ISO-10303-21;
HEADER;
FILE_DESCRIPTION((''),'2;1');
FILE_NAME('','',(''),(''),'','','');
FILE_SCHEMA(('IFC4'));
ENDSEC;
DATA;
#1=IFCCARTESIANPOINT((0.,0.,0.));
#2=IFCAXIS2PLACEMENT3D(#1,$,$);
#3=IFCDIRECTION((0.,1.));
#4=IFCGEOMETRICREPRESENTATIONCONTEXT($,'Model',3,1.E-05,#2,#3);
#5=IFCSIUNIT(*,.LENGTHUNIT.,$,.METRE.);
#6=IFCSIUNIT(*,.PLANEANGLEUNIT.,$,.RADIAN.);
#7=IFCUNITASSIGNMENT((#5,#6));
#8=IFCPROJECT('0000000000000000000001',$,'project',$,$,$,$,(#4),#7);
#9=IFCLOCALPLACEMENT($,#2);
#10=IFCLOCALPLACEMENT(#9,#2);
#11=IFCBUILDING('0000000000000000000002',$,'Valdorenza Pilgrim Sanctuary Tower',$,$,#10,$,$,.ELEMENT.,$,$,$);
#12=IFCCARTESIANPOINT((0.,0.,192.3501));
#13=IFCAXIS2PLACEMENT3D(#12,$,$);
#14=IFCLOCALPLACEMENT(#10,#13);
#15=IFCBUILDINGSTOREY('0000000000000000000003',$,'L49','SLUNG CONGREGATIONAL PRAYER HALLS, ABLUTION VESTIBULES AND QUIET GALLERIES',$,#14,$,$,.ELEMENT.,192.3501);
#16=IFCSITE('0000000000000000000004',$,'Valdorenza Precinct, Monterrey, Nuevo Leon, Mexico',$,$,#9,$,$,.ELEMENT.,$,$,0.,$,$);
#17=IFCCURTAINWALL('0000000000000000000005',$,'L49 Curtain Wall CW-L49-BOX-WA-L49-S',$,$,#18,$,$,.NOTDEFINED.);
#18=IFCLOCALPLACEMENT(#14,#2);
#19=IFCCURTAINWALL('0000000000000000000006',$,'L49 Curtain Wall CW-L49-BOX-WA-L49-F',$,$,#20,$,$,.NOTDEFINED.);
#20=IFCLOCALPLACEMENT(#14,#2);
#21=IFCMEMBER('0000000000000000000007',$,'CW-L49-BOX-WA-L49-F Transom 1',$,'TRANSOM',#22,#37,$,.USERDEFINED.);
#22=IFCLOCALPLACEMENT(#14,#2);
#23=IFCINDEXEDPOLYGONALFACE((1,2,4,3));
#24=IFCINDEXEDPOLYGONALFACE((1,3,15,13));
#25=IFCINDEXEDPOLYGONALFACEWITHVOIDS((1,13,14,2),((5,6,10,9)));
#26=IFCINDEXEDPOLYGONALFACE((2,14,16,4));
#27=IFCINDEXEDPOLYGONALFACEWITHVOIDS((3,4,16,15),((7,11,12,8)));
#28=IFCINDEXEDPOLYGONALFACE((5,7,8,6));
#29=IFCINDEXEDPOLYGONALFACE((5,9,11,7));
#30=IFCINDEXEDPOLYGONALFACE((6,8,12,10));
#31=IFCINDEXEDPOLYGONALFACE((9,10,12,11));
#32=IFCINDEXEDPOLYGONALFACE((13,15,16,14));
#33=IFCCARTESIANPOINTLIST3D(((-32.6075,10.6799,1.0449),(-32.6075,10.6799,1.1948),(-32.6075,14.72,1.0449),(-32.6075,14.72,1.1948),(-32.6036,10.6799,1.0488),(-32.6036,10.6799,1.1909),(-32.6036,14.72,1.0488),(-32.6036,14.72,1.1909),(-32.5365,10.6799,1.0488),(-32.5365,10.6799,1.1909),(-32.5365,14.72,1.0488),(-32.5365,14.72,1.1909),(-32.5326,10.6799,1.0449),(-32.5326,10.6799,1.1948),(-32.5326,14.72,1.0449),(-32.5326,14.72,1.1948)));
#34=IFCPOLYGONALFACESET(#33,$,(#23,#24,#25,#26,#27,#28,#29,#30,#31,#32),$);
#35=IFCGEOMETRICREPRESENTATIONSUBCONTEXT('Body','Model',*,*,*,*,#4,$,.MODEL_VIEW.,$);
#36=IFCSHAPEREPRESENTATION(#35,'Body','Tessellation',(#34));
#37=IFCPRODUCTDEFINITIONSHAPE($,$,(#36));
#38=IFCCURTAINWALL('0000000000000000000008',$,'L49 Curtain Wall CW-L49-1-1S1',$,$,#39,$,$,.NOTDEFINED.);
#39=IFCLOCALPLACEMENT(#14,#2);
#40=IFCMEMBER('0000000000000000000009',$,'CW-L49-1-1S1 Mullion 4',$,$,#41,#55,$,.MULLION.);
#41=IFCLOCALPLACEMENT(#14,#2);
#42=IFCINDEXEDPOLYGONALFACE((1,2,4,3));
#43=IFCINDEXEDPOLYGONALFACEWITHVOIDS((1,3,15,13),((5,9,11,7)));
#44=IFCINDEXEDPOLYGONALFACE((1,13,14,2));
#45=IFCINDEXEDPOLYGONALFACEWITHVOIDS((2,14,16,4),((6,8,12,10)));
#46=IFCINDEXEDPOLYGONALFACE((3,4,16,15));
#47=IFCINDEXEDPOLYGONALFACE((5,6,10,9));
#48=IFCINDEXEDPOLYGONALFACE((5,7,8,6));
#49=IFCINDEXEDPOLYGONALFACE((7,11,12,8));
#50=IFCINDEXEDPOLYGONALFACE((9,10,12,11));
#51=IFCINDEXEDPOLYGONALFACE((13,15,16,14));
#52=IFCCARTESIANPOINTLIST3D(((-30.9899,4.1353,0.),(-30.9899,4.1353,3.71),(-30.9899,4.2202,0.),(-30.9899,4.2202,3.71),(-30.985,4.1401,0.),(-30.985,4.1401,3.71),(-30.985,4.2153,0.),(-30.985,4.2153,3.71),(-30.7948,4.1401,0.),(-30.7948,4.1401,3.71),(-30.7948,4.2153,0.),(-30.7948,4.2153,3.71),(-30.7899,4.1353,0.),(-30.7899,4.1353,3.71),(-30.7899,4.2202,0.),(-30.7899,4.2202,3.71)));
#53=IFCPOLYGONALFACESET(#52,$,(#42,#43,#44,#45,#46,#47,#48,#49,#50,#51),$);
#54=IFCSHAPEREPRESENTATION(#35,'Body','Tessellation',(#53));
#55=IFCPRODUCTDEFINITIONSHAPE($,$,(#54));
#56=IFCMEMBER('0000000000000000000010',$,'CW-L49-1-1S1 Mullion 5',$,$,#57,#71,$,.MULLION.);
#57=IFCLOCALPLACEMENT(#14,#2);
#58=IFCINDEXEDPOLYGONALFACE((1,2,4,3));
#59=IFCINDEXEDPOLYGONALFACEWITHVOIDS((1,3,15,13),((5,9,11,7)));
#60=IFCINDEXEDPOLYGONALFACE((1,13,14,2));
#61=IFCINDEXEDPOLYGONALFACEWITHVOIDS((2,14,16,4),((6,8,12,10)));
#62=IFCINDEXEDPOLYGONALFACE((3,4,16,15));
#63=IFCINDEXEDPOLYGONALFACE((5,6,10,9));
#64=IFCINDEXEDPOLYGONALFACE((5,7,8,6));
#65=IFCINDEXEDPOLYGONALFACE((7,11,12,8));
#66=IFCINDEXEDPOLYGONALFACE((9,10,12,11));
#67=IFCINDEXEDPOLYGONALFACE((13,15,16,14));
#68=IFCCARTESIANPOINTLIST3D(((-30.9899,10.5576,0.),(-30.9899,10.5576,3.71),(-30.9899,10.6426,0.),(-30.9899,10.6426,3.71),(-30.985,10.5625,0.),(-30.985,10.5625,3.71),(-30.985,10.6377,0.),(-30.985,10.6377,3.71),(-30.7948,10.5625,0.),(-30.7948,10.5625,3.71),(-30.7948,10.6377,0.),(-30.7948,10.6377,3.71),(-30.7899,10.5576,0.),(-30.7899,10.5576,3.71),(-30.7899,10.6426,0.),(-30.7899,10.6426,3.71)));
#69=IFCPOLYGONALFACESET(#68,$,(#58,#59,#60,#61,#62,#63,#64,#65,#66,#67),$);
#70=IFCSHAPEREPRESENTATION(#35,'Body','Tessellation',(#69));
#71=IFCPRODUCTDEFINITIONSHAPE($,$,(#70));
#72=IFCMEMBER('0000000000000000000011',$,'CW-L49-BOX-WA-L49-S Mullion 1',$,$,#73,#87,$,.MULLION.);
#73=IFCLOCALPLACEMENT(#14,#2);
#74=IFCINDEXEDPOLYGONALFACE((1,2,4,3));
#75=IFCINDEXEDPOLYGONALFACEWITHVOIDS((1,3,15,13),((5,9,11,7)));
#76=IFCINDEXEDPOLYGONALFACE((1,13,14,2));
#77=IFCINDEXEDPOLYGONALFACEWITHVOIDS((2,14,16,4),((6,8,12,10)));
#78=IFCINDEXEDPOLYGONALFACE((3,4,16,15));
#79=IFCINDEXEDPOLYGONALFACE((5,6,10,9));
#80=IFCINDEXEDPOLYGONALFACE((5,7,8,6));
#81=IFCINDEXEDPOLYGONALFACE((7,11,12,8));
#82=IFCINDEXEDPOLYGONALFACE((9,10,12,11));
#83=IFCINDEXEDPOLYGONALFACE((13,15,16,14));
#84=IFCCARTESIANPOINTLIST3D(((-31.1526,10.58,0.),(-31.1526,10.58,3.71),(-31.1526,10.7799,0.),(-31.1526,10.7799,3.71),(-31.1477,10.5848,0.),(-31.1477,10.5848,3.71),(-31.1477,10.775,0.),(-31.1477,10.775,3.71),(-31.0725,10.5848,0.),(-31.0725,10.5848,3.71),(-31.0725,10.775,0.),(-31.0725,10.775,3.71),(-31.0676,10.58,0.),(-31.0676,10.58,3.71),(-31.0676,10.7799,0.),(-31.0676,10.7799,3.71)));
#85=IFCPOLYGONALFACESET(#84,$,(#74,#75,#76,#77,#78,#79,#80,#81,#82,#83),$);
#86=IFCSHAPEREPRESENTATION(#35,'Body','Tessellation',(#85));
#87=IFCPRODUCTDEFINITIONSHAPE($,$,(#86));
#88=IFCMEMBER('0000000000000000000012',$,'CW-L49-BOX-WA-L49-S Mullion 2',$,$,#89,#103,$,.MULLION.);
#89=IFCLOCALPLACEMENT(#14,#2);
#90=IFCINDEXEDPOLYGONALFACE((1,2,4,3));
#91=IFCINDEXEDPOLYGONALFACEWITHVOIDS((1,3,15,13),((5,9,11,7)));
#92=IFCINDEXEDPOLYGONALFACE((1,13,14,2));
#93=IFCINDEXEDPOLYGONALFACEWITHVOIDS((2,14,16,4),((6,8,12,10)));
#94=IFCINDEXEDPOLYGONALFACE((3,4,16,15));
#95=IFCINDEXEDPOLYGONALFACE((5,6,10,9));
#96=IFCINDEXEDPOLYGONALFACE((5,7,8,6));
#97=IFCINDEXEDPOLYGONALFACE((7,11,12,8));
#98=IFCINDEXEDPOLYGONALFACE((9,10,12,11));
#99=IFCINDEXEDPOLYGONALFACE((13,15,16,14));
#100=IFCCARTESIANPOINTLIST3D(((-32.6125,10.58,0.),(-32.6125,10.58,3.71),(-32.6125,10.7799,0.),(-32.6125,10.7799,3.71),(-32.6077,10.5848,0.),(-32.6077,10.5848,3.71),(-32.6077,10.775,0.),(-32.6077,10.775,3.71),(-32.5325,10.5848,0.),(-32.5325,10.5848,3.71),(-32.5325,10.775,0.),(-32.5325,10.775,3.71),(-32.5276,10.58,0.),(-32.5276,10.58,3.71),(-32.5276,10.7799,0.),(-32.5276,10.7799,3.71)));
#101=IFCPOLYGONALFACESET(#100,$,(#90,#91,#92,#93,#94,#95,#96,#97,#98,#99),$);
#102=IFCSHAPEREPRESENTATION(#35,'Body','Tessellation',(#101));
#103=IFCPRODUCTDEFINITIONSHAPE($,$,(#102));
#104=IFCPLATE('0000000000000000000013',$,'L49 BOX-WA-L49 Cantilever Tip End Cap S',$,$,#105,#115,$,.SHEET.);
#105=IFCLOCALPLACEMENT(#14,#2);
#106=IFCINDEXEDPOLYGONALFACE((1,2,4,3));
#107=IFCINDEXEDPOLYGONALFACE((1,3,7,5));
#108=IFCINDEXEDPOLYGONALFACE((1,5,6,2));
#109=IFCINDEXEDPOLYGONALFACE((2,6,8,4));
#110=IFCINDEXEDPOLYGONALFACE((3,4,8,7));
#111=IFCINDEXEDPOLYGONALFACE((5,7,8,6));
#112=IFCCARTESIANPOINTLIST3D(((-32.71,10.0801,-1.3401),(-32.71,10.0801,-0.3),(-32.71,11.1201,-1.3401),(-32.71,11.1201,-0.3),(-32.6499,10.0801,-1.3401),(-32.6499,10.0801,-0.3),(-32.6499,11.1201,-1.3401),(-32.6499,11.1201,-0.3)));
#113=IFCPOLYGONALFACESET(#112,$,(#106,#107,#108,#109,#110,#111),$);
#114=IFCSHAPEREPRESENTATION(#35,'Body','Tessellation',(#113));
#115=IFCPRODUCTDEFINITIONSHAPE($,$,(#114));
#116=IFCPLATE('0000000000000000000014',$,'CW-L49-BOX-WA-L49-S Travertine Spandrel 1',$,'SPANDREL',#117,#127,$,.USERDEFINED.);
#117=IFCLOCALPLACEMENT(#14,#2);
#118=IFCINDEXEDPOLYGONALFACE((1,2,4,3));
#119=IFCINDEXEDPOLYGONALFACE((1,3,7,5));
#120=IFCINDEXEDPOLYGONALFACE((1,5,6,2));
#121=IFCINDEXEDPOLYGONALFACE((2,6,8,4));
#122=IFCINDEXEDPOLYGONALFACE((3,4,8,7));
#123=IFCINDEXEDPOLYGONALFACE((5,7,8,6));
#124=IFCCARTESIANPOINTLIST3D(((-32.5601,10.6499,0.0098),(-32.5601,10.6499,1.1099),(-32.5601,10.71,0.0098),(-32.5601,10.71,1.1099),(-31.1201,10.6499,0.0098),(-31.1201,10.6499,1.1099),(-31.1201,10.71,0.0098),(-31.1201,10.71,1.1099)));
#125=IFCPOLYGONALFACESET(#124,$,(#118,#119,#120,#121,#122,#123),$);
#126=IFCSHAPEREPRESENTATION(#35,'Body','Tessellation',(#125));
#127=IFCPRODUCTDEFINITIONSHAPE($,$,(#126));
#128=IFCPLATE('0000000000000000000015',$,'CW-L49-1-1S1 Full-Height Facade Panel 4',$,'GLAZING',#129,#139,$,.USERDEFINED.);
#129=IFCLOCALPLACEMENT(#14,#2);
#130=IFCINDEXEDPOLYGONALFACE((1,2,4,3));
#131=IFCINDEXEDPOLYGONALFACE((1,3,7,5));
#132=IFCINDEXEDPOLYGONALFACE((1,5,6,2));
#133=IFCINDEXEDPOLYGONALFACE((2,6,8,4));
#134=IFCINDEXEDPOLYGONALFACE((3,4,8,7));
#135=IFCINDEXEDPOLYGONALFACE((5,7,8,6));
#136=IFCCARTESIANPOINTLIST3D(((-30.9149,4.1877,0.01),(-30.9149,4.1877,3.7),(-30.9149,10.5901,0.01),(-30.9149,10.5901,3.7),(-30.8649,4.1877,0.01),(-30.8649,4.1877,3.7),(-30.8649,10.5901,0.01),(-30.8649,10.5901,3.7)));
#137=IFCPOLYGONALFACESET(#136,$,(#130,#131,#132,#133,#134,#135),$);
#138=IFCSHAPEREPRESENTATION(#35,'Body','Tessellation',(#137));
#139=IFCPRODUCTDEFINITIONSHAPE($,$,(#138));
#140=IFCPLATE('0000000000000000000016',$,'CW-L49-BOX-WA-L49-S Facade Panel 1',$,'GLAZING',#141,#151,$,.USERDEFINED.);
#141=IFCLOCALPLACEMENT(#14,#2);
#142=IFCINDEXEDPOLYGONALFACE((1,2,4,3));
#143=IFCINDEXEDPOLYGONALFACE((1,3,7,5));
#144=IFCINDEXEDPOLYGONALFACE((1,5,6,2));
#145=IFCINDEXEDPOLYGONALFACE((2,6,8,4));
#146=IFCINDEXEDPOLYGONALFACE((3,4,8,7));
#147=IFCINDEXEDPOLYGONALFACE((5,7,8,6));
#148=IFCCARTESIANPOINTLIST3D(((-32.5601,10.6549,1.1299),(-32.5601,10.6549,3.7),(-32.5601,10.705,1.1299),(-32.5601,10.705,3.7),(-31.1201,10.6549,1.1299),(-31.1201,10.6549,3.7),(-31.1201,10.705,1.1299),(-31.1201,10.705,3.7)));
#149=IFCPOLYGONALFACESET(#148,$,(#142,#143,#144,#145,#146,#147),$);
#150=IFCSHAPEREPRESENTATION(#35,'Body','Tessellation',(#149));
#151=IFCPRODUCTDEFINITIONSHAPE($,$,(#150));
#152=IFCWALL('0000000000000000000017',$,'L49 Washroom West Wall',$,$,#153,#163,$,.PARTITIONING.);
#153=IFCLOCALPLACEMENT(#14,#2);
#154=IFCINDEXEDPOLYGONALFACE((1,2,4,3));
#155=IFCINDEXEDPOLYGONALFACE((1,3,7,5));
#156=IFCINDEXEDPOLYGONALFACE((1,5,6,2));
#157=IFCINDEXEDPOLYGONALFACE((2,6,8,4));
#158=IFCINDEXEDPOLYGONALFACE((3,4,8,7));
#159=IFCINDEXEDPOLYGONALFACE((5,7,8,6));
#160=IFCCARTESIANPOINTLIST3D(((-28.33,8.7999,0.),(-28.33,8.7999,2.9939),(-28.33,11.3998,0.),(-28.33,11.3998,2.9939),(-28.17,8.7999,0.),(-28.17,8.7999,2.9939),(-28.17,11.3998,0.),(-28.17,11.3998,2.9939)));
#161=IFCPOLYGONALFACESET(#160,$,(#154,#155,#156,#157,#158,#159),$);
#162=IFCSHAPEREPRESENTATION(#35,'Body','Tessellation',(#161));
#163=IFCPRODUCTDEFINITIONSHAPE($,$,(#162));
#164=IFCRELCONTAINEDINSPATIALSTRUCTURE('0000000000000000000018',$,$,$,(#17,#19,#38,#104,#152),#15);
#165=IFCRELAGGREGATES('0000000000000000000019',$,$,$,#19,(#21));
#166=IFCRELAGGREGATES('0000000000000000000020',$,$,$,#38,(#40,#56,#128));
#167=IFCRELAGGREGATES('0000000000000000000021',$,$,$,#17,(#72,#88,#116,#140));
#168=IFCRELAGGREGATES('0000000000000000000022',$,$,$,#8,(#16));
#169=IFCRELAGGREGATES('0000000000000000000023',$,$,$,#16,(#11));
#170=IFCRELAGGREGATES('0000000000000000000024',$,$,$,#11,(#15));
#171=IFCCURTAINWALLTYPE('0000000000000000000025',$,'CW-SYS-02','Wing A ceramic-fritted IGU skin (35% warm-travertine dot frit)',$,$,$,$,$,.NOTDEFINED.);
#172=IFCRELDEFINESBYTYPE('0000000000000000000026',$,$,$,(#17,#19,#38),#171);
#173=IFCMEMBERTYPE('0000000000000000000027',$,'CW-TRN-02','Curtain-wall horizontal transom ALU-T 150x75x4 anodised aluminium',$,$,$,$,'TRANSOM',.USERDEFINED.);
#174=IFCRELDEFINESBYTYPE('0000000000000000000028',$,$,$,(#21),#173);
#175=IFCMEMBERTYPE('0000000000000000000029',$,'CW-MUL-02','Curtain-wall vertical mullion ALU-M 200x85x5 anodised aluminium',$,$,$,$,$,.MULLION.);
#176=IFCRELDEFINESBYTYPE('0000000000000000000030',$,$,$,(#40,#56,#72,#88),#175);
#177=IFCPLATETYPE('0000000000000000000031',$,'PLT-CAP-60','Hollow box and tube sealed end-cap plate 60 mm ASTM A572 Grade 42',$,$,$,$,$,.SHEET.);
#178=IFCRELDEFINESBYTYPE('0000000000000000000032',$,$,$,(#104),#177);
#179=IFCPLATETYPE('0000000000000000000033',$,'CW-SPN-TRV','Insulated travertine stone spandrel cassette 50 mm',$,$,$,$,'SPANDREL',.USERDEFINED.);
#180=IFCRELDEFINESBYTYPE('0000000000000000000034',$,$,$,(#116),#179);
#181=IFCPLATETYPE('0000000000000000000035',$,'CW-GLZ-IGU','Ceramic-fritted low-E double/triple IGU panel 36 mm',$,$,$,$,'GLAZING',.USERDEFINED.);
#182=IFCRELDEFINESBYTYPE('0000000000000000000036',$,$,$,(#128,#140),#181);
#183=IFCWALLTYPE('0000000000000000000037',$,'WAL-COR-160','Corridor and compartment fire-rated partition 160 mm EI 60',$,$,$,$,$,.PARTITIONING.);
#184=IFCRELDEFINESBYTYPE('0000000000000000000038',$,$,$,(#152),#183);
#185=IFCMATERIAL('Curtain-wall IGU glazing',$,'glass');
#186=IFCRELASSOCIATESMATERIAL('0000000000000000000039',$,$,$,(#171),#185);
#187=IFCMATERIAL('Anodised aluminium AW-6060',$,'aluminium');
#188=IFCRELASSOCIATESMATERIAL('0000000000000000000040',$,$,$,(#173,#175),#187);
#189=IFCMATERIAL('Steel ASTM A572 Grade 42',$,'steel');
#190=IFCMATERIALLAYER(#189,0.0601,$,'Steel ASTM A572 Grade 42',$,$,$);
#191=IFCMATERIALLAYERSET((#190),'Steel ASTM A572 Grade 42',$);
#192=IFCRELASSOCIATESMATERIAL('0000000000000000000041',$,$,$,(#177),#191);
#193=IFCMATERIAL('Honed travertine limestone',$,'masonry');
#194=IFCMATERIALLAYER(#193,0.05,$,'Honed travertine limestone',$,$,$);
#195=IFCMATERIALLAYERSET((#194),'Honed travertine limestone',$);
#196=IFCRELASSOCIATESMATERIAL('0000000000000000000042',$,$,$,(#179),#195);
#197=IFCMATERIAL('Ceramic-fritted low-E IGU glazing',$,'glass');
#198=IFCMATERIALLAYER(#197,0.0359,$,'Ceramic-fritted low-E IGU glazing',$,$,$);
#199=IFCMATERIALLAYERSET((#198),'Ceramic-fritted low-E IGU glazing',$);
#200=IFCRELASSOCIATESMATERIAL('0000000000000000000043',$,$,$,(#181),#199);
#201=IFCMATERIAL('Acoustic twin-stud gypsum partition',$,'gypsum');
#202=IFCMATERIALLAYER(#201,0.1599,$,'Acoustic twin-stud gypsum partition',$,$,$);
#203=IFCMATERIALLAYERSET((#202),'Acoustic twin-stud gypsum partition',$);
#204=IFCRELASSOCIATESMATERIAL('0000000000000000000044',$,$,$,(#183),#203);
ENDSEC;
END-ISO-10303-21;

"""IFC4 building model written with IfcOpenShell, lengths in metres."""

from ifc_helpers import new_model, si_unit, direction, frame, frame_2d, origin, origin_2d, place, context, subcontext, project, spatial, rectangle, hollow_rectangle, extrude, source, transform, mapped, material, layer, layer_set, material_profile, profile_set, type_object, element, aggregate, save


model = new_model("IFC4")

# Units and contexts
model_context = context("Model", 3, precision=1e-05, world=origin(), true_north=direction((0.0, 1.0)))
body_context = subcontext(model_context, "Body", "Model", "MODEL_VIEW")
ifc_project = project(units=[si_unit("LENGTHUNIT", "METRE"), si_unit("PLANEANGLEUNIT", "RADIAN")], contexts=[model_context])

# Site, building, storey
site_placement = place(None, origin())
site = spatial("IfcSite", under=ifc_project, at=site_placement, Name="Valdorenza Precinct, Monterrey, Nuevo Leon, Mexico", CompositionType="ELEMENT", RefElevation=0.0)
building_placement = place(site_placement, origin())
building = spatial("IfcBuilding", under=site, at=building_placement, Name="Valdorenza Pilgrim Sanctuary Tower", CompositionType="ELEMENT")
storey_placement = place(building_placement, frame((0.0, 0.0, 192.3501)))
storey = spatial("IfcBuildingStorey", under=building, at=storey_placement, Name="L49", Description="SLUNG CONGREGATIONAL PRAYER HALLS, ABLUTION VESTIBULES AND QUIET GALLERIES", CompositionType="ELEMENT", Elevation=192.3501)

# Shared definitions
ifc_material_1 = material(Name="Steel ASTM A572 Grade 42", Category="steel")

# Curtain walls, member
ifc_material_2 = material(Name="Curtain-wall IGU glazing", Category="glass")
curtain_wall_type = type_object("IfcCurtainWallType", Name="CW-SYS-02", Description="Wing A ceramic-fritted IGU skin (35% warm-travertine dot frit)", PredefinedType="NOTDEFINED", material=ifc_material_2)
curtain_wall_1_placement = place(storey_placement, origin())
curtain_wall_1 = element("IfcCurtainWall", 1, at=curtain_wall_1_placement, inside=storey, type_object=curtain_wall_type, Name="L49 Curtain Wall CW-L49-BOX-WA-L49-S", PredefinedType="NOTDEFINED")
ifc_material_3 = material(Name="Anodised aluminium AW-6060", Category="aluminium")
ifc_material_profile_1 = material_profile(ifc_material_3, hollow_rectangle(XDim=0.075, YDim=0.1499, WallThickness=0.0039, at=origin_2d()), Name="ALU-T 150x75x4")
ifc_profile_set_1 = profile_set([ifc_material_profile_1], Name="Anodised aluminium AW-6060")
member_type_1 = type_object("IfcMemberType", Name="CW-TRN-02", Description="Curtain-wall horizontal transom ALU-T 150x75x4 anodised aluminium", ElementType="TRANSOM", PredefinedType="USERDEFINED", material=ifc_profile_set_1)
curtain_wall_2_placement = place(storey_placement, origin())
curtain_wall_2 = element("IfcCurtainWall", 2, at=curtain_wall_2_placement, inside=storey, type_object=curtain_wall_type, Name="L49 Curtain Wall CW-L49-BOX-WA-L49-F", PredefinedType="NOTDEFINED")
shared_shape_1 = source(origin(), body_context, "Body", "SweptSolid", [
    extrude(hollow_rectangle(XDim=0.075, YDim=0.1499, WallThickness=0.0039, at=origin_2d()), origin(), (0.0, 0.0, 1.0), 4.04),
])
member_1_placement = place(storey_placement, frame((-32.5701, 10.6799, 1.1199), z_axis=(0.0, 1.0, 0.0), x_axis=(-1.0, 0.0, 0.0)))
member_1 = element("IfcMember", 3, at=member_1_placement, type_object=member_type_1, Name="CW-L49-BOX-WA-L49-F Transom 1", ObjectType="TRANSOM", PredefinedType="USERDEFINED", context=body_context, shape_type="MappedRepresentation", body=[
    mapped(shared_shape_1, transform((0.0, 0.0, 0.0), x_axis=(1.0, 0.0, 0.0), y_axis=(0.0, 1.0, 0.0), z_axis=(0.0, 0.0, 1.0), scale=1.0)),
])
aggregate(curtain_wall_2, [member_1])

# Curtain wall, members
curtain_wall_3_placement = place(storey_placement, origin())
curtain_wall_3 = element("IfcCurtainWall", 4, at=curtain_wall_3_placement, inside=storey, type_object=curtain_wall_type, Name="L49 Curtain Wall CW-L49-1-1S1", PredefinedType="NOTDEFINED")
ifc_material_profile_2 = material_profile(ifc_material_3, hollow_rectangle(XDim=0.085, YDim=0.2, WallThickness=0.0049, at=origin_2d()), Name="ALU-M 200x85x5")
ifc_profile_set_2 = profile_set([ifc_material_profile_2], Name="Anodised aluminium AW-6060")
member_type_2 = type_object("IfcMemberType", Name="CW-MUL-02", Description="Curtain-wall vertical mullion ALU-M 200x85x5 anodised aluminium", PredefinedType="MULLION", material=ifc_profile_set_2)
shared_shape_2 = source(origin(), body_context, "Body", "SweptSolid", [
    extrude(hollow_rectangle(XDim=0.085, YDim=0.2, WallThickness=0.0049, at=origin_2d()), origin(), (0.0, 0.0, 1.0), 3.71),
])
member_2_placement = place(storey_placement, frame((-30.8899, 4.1777, 0.0), z_axis=(0.0, 0.0, 1.0), x_axis=(0.0, 1.0, 0.0)))
member_2 = element("IfcMember", 5, at=member_2_placement, type_object=member_type_2, Name="CW-L49-1-1S1 Mullion 4", PredefinedType="MULLION", context=body_context, shape_type="MappedRepresentation", body=[
    mapped(shared_shape_2, transform((0.0, 0.0, 0.0), x_axis=(1.0, 0.0, 0.0), y_axis=(0.0, 1.0, 0.0), z_axis=(0.0, 0.0, 1.0), scale=1.0)),
])
member_3_placement = place(storey_placement, frame((-30.8899, 10.6001, 0.0), z_axis=(0.0, 0.0, 1.0), x_axis=(0.0, 1.0, 0.0)))
member_3 = element("IfcMember", 6, at=member_3_placement, type_object=member_type_2, Name="CW-L49-1-1S1 Mullion 5", PredefinedType="MULLION", context=body_context, shape_type="MappedRepresentation", body=[
    mapped(shared_shape_2, transform((0.0, 0.0, 0.0), x_axis=(1.0, 0.0, 0.0), y_axis=(0.0, 1.0, 0.0), z_axis=(0.0, 0.0, 1.0), scale=1.0)),
])

# Members
member_4_placement = place(storey_placement, frame((-31.1101, 10.6799, 0.0), z_axis=(0.0, 0.0, 1.0), x_axis=(-1.0, 0.0, 0.0)))
member_4 = element("IfcMember", 7, at=member_4_placement, type_object=member_type_2, Name="CW-L49-BOX-WA-L49-S Mullion 1", PredefinedType="MULLION", context=body_context, shape_type="MappedRepresentation", body=[
    mapped(shared_shape_2, transform((0.0, 0.0, 0.0), x_axis=(1.0, 0.0, 0.0), y_axis=(0.0, 1.0, 0.0), z_axis=(0.0, 0.0, 1.0), scale=1.0)),
])
member_5_placement = place(storey_placement, frame((-32.5701, 10.6799, 0.0), z_axis=(0.0, 0.0, 1.0), x_axis=(-1.0, 0.0, 0.0)))
member_5 = element("IfcMember", 8, at=member_5_placement, type_object=member_type_2, Name="CW-L49-BOX-WA-L49-S Mullion 2", PredefinedType="MULLION", context=body_context, shape_type="MappedRepresentation", body=[
    mapped(shared_shape_2, transform((0.0, 0.0, 0.0), x_axis=(1.0, 0.0, 0.0), y_axis=(0.0, 1.0, 0.0), z_axis=(0.0, 0.0, 1.0), scale=1.0)),
])

# Plates
ifc_layer_1 = layer(ifc_material_1, 0.0601, Name="Steel ASTM A572 Grade 42")
ifc_layer_set_1 = layer_set([ifc_layer_1], Name="Steel ASTM A572 Grade 42")
plate_type_1 = type_object("IfcPlateType", Name="PLT-CAP-60", Description="Hollow box and tube sealed end-cap plate 60 mm ASTM A572 Grade 42", PredefinedType="SHEET", material=ifc_layer_set_1)
shared_shape_3 = source(origin(), body_context, "Body", "SweptSolid", [
    extrude(rectangle(XDim=0.0601, YDim=1.04, at=origin_2d()), origin(), (0.0, 0.0, 1.0), 1.04),
])
plate_1_placement = place(storey_placement, frame((-32.6799, 10.6001, -1.3401), z_axis=(0.0, 0.0, 1.0), x_axis=(1.0, 0.0, 0.0)))
element("IfcPlate", 9, at=plate_1_placement, inside=storey, type_object=plate_type_1, Name="L49 BOX-WA-L49 Cantilever Tip End Cap S", PredefinedType="SHEET", context=body_context, shape_type="MappedRepresentation", body=[
    mapped(shared_shape_3, transform((0.0, 0.0, 0.0), x_axis=(1.0, 0.0, 0.0), y_axis=(0.0, 1.0, 0.0), z_axis=(0.0, 0.0, 1.0), scale=1.0)),
])
ifc_material_4 = material(Name="Honed travertine limestone", Category="masonry")
ifc_layer_2 = layer(ifc_material_4, 0.05, Name="Honed travertine limestone")
ifc_layer_set_2 = layer_set([ifc_layer_2], Name="Honed travertine limestone")
plate_type_2 = type_object("IfcPlateType", Name="CW-SPN-TRV", Description="Insulated travertine stone spandrel cassette 50 mm", ElementType="SPANDREL", PredefinedType="USERDEFINED", material=ifc_layer_set_2)
shared_shape_4 = source(origin(), body_context, "Body", "SweptSolid", [
    extrude(rectangle(XDim=1.4399, YDim=0.0601, at=origin_2d()), origin(), (0.0, 0.0, 1.0), 1.1001),
])
plate_2_placement = place(storey_placement, frame((-31.8401, 10.6799, 0.0098), z_axis=(0.0, 0.0, 1.0), x_axis=(-1.0, 0.0, 0.0)))
plate_2 = element("IfcPlate", 10, at=plate_2_placement, type_object=plate_type_2, Name="CW-L49-BOX-WA-L49-S Travertine Spandrel 1", ObjectType="SPANDREL", PredefinedType="USERDEFINED", context=body_context, shape_type="MappedRepresentation", body=[
    mapped(shared_shape_4, transform((0.0, 0.0, 0.0), x_axis=(1.0, 0.0, 0.0), y_axis=(0.0, 1.0, 0.0), z_axis=(0.0, 0.0, 1.0), scale=1.0)),
])
ifc_material_5 = material(Name="Ceramic-fritted low-E IGU glazing", Category="glass")
ifc_layer_3 = layer(ifc_material_5, 0.0359, Name="Ceramic-fritted low-E IGU glazing")
ifc_layer_set_3 = layer_set([ifc_layer_3], Name="Ceramic-fritted low-E IGU glazing")
plate_type_3 = type_object("IfcPlateType", Name="CW-GLZ-IGU", Description="Ceramic-fritted low-E double/triple IGU panel 36 mm", ElementType="GLAZING", PredefinedType="USERDEFINED", material=ifc_layer_set_3)
shared_shape_5 = source(origin(), body_context, "Body", "SweptSolid", [
    extrude(rectangle(XDim=6.4023, YDim=0.05, at=origin_2d()), origin(), (0.0, 0.0, 1.0), 3.6899),
])
plate_3_placement = place(storey_placement, frame((-30.8899, 7.3889, 0.01), z_axis=(0.0, 0.0, 1.0), x_axis=(0.0, 1.0, 0.0)))
plate_3 = element("IfcPlate", 11, at=plate_3_placement, type_object=plate_type_3, Name="CW-L49-1-1S1 Full-Height Facade Panel 4", ObjectType="GLAZING", PredefinedType="USERDEFINED", context=body_context, shape_type="MappedRepresentation", body=[
    mapped(shared_shape_5, transform((0.0, 0.0, 0.0), x_axis=(1.0, 0.0, 0.0), y_axis=(0.0, 1.0, 0.0), z_axis=(0.0, 0.0, 1.0), scale=1.0)),
])
aggregate(curtain_wall_3, [member_2, member_3, plate_3])
shared_shape_6 = source(origin(), body_context, "Body", "SweptSolid", [
    extrude(rectangle(XDim=1.4399, YDim=0.05, at=origin_2d()), origin(), (0.0, 0.0, 1.0), 2.5701),
])
plate_4_placement = place(storey_placement, frame((-31.8401, 10.6799, 1.1299), z_axis=(0.0, 0.0, 1.0), x_axis=(-1.0, 0.0, 0.0)))
plate_4 = element("IfcPlate", 12, at=plate_4_placement, type_object=plate_type_3, Name="CW-L49-BOX-WA-L49-S Facade Panel 1", ObjectType="GLAZING", PredefinedType="USERDEFINED", context=body_context, shape_type="MappedRepresentation", body=[
    mapped(shared_shape_6, transform((0.0, 0.0, 0.0), x_axis=(1.0, 0.0, 0.0), y_axis=(0.0, 1.0, 0.0), z_axis=(0.0, 0.0, 1.0), scale=1.0)),
])
aggregate(curtain_wall_1, [member_4, member_5, plate_2, plate_4])

# Wall
ifc_material_6 = material(Name="Acoustic twin-stud gypsum partition", Category="gypsum")
ifc_layer_4 = layer(ifc_material_6, 0.1599, Name="Acoustic twin-stud gypsum partition")
ifc_layer_set_4 = layer_set([ifc_layer_4], Name="Acoustic twin-stud gypsum partition")
wall_type_1 = type_object("IfcWallType", Name="WAL-COR-160", Description="Corridor and compartment fire-rated partition 160 mm EI 60", PredefinedType="PARTITIONING", material=ifc_layer_set_4)
wall_1_placement = place(storey_placement, frame((-28.25, 8.8, 0.0), z_axis=(0.0, 0.0, 1.0), x_axis=(0.0, 1.0, 0.0)))
element("IfcWall", 13, at=wall_1_placement, inside=storey, type_object=wall_type_1, Name="L49 Washroom West Wall", PredefinedType="PARTITIONING", context=body_context, shape_type="SweptSolid", body=[
    extrude(rectangle(XDim=2.5999, YDim=0.1599, at=frame_2d((1.2998, 0.0))), origin(), (0.0, 0.0, 1.0), 2.9939),
])

save(model, "model.ifc")
